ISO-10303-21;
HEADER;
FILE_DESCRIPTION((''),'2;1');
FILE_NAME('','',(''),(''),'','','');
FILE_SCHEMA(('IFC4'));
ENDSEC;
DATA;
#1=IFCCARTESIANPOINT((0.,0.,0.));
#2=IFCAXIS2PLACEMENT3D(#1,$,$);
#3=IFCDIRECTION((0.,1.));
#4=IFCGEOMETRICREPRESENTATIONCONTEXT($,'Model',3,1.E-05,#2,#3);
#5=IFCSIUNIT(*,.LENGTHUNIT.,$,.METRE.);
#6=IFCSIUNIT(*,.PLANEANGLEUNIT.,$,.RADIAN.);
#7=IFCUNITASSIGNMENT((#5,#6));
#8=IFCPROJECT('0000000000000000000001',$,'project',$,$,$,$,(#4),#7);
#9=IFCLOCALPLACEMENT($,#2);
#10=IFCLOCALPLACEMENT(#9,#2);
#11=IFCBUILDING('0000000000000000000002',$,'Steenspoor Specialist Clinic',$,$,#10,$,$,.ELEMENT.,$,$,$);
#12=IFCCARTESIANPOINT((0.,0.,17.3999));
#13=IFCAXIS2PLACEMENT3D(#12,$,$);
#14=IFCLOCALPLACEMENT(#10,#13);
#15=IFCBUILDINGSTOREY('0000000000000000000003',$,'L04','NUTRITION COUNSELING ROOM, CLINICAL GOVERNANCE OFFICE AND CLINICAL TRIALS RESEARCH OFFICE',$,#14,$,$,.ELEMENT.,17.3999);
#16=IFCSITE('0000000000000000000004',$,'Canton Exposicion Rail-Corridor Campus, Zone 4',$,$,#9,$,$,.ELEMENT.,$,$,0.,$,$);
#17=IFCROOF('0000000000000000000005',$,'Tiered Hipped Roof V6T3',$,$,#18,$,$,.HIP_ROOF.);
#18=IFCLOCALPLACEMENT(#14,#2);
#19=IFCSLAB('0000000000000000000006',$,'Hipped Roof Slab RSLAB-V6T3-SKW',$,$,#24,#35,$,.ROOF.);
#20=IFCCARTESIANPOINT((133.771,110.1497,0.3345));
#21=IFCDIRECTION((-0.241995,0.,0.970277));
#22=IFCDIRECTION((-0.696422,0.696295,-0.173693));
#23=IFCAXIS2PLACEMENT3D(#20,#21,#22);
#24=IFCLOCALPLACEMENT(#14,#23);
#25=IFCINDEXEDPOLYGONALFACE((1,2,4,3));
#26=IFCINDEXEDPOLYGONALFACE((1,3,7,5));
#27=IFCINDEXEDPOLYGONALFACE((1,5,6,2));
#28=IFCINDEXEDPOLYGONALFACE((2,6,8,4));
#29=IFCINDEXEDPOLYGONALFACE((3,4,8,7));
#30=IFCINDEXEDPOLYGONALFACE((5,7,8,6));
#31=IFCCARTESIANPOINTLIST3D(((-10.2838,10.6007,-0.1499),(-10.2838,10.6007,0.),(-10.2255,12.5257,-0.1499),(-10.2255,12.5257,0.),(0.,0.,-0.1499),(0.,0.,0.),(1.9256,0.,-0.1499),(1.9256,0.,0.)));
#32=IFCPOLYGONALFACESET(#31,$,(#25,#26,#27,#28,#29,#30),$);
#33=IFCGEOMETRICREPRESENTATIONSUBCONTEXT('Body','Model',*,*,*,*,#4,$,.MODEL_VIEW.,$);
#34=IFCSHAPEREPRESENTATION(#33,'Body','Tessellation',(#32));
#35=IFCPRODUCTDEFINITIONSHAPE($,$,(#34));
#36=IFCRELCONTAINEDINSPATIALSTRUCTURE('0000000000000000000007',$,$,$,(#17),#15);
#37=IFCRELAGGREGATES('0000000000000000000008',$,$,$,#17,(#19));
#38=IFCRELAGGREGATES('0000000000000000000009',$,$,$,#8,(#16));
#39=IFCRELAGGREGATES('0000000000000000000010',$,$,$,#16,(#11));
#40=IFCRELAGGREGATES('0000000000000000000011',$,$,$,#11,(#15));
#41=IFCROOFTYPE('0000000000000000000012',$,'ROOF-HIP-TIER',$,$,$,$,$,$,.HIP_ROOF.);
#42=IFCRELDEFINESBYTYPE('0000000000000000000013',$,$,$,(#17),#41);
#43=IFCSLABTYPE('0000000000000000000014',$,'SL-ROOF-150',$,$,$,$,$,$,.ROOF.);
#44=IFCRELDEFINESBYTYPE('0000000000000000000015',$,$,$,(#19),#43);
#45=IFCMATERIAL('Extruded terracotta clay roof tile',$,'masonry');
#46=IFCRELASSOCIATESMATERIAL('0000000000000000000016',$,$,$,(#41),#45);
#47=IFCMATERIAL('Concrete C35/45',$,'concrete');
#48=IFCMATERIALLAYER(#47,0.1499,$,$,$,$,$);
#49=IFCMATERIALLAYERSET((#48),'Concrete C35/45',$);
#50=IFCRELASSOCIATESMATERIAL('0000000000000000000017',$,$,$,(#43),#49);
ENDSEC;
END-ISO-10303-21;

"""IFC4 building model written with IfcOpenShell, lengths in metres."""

from ifc_helpers import new_model, si_unit, direction, frame, origin, place, context, subcontext, project, spatial, polyline, outline, extrude, material, layer, layer_set, type_object, element, aggregate, save


model = new_model("IFC4")

# Units and contexts
model_context = context("Model", 3, precision=1e-05, world=origin(), true_north=direction((0.0, 1.0)))
body_context = subcontext(model_context, "Body", "Model", "MODEL_VIEW")
ifc_project = project(units=[si_unit("LENGTHUNIT", "METRE"), si_unit("PLANEANGLEUNIT", "RADIAN")], contexts=[model_context])

# Site, building, storey
site_placement = place(None, origin())
site = spatial("IfcSite", under=ifc_project, at=site_placement, Name="Canton Exposicion Rail-Corridor Campus, Zone 4", CompositionType="ELEMENT", RefElevation=0.0)
building_placement = place(site_placement, origin())
building = spatial("IfcBuilding", under=site, at=building_placement, Name="Steenspoor Specialist Clinic", CompositionType="ELEMENT")
storey_placement = place(building_placement, frame((0.0, 0.0, 17.3999)))
storey = spatial("IfcBuildingStorey", under=building, at=storey_placement, Name="L04", Description="NUTRITION COUNSELING ROOM, CLINICAL GOVERNANCE OFFICE AND CLINICAL TRIALS RESEARCH OFFICE", CompositionType="ELEMENT", Elevation=17.3999)

# Roof, slab
ifc_material_1 = material(Name="Extruded terracotta clay roof tile", Category="masonry")
roof_type = type_object("IfcRoofType", Name="ROOF-HIP-TIER", PredefinedType="HIP_ROOF", material=ifc_material_1)
roof_placement = place(storey_placement, origin())
roof = element("IfcRoof", 1, at=roof_placement, inside=storey, type_object=roof_type, Name="Tiered Hipped Roof V6T3", PredefinedType="HIP_ROOF")
ifc_material_2 = material(Name="Concrete C35/45", Category="concrete")
ifc_layer_1 = layer(ifc_material_2, 0.1499)
ifc_layer_set_1 = layer_set([ifc_layer_1], Name="Concrete C35/45")
slab_type = type_object("IfcSlabType", Name="SL-ROOF-150", PredefinedType="ROOF", material=ifc_layer_set_1)
slab_placement = place(storey_placement, frame((133.771, 110.1497, 0.3345), z_axis=(-0.241995, 0.0, 0.970277), x_axis=(-0.696422, 0.696295, -0.173693)))
slab = element("IfcSlab", 2, at=slab_placement, type_object=slab_type, Name="Hipped Roof Slab RSLAB-V6T3-SKW", PredefinedType="ROOF", context=body_context, shape_type="SweptSolid", body=[
    extrude(outline(polyline([(0.0, 0.0), (1.9256, 0.0), (-10.2255, 12.5257), (-10.2838, 10.6007), (0.0, 0.0)])), origin(), (0.0, 0.0, -1.0), 0.1499),
])
aggregate(roof, [slab])

save(model, "model.ifc")
